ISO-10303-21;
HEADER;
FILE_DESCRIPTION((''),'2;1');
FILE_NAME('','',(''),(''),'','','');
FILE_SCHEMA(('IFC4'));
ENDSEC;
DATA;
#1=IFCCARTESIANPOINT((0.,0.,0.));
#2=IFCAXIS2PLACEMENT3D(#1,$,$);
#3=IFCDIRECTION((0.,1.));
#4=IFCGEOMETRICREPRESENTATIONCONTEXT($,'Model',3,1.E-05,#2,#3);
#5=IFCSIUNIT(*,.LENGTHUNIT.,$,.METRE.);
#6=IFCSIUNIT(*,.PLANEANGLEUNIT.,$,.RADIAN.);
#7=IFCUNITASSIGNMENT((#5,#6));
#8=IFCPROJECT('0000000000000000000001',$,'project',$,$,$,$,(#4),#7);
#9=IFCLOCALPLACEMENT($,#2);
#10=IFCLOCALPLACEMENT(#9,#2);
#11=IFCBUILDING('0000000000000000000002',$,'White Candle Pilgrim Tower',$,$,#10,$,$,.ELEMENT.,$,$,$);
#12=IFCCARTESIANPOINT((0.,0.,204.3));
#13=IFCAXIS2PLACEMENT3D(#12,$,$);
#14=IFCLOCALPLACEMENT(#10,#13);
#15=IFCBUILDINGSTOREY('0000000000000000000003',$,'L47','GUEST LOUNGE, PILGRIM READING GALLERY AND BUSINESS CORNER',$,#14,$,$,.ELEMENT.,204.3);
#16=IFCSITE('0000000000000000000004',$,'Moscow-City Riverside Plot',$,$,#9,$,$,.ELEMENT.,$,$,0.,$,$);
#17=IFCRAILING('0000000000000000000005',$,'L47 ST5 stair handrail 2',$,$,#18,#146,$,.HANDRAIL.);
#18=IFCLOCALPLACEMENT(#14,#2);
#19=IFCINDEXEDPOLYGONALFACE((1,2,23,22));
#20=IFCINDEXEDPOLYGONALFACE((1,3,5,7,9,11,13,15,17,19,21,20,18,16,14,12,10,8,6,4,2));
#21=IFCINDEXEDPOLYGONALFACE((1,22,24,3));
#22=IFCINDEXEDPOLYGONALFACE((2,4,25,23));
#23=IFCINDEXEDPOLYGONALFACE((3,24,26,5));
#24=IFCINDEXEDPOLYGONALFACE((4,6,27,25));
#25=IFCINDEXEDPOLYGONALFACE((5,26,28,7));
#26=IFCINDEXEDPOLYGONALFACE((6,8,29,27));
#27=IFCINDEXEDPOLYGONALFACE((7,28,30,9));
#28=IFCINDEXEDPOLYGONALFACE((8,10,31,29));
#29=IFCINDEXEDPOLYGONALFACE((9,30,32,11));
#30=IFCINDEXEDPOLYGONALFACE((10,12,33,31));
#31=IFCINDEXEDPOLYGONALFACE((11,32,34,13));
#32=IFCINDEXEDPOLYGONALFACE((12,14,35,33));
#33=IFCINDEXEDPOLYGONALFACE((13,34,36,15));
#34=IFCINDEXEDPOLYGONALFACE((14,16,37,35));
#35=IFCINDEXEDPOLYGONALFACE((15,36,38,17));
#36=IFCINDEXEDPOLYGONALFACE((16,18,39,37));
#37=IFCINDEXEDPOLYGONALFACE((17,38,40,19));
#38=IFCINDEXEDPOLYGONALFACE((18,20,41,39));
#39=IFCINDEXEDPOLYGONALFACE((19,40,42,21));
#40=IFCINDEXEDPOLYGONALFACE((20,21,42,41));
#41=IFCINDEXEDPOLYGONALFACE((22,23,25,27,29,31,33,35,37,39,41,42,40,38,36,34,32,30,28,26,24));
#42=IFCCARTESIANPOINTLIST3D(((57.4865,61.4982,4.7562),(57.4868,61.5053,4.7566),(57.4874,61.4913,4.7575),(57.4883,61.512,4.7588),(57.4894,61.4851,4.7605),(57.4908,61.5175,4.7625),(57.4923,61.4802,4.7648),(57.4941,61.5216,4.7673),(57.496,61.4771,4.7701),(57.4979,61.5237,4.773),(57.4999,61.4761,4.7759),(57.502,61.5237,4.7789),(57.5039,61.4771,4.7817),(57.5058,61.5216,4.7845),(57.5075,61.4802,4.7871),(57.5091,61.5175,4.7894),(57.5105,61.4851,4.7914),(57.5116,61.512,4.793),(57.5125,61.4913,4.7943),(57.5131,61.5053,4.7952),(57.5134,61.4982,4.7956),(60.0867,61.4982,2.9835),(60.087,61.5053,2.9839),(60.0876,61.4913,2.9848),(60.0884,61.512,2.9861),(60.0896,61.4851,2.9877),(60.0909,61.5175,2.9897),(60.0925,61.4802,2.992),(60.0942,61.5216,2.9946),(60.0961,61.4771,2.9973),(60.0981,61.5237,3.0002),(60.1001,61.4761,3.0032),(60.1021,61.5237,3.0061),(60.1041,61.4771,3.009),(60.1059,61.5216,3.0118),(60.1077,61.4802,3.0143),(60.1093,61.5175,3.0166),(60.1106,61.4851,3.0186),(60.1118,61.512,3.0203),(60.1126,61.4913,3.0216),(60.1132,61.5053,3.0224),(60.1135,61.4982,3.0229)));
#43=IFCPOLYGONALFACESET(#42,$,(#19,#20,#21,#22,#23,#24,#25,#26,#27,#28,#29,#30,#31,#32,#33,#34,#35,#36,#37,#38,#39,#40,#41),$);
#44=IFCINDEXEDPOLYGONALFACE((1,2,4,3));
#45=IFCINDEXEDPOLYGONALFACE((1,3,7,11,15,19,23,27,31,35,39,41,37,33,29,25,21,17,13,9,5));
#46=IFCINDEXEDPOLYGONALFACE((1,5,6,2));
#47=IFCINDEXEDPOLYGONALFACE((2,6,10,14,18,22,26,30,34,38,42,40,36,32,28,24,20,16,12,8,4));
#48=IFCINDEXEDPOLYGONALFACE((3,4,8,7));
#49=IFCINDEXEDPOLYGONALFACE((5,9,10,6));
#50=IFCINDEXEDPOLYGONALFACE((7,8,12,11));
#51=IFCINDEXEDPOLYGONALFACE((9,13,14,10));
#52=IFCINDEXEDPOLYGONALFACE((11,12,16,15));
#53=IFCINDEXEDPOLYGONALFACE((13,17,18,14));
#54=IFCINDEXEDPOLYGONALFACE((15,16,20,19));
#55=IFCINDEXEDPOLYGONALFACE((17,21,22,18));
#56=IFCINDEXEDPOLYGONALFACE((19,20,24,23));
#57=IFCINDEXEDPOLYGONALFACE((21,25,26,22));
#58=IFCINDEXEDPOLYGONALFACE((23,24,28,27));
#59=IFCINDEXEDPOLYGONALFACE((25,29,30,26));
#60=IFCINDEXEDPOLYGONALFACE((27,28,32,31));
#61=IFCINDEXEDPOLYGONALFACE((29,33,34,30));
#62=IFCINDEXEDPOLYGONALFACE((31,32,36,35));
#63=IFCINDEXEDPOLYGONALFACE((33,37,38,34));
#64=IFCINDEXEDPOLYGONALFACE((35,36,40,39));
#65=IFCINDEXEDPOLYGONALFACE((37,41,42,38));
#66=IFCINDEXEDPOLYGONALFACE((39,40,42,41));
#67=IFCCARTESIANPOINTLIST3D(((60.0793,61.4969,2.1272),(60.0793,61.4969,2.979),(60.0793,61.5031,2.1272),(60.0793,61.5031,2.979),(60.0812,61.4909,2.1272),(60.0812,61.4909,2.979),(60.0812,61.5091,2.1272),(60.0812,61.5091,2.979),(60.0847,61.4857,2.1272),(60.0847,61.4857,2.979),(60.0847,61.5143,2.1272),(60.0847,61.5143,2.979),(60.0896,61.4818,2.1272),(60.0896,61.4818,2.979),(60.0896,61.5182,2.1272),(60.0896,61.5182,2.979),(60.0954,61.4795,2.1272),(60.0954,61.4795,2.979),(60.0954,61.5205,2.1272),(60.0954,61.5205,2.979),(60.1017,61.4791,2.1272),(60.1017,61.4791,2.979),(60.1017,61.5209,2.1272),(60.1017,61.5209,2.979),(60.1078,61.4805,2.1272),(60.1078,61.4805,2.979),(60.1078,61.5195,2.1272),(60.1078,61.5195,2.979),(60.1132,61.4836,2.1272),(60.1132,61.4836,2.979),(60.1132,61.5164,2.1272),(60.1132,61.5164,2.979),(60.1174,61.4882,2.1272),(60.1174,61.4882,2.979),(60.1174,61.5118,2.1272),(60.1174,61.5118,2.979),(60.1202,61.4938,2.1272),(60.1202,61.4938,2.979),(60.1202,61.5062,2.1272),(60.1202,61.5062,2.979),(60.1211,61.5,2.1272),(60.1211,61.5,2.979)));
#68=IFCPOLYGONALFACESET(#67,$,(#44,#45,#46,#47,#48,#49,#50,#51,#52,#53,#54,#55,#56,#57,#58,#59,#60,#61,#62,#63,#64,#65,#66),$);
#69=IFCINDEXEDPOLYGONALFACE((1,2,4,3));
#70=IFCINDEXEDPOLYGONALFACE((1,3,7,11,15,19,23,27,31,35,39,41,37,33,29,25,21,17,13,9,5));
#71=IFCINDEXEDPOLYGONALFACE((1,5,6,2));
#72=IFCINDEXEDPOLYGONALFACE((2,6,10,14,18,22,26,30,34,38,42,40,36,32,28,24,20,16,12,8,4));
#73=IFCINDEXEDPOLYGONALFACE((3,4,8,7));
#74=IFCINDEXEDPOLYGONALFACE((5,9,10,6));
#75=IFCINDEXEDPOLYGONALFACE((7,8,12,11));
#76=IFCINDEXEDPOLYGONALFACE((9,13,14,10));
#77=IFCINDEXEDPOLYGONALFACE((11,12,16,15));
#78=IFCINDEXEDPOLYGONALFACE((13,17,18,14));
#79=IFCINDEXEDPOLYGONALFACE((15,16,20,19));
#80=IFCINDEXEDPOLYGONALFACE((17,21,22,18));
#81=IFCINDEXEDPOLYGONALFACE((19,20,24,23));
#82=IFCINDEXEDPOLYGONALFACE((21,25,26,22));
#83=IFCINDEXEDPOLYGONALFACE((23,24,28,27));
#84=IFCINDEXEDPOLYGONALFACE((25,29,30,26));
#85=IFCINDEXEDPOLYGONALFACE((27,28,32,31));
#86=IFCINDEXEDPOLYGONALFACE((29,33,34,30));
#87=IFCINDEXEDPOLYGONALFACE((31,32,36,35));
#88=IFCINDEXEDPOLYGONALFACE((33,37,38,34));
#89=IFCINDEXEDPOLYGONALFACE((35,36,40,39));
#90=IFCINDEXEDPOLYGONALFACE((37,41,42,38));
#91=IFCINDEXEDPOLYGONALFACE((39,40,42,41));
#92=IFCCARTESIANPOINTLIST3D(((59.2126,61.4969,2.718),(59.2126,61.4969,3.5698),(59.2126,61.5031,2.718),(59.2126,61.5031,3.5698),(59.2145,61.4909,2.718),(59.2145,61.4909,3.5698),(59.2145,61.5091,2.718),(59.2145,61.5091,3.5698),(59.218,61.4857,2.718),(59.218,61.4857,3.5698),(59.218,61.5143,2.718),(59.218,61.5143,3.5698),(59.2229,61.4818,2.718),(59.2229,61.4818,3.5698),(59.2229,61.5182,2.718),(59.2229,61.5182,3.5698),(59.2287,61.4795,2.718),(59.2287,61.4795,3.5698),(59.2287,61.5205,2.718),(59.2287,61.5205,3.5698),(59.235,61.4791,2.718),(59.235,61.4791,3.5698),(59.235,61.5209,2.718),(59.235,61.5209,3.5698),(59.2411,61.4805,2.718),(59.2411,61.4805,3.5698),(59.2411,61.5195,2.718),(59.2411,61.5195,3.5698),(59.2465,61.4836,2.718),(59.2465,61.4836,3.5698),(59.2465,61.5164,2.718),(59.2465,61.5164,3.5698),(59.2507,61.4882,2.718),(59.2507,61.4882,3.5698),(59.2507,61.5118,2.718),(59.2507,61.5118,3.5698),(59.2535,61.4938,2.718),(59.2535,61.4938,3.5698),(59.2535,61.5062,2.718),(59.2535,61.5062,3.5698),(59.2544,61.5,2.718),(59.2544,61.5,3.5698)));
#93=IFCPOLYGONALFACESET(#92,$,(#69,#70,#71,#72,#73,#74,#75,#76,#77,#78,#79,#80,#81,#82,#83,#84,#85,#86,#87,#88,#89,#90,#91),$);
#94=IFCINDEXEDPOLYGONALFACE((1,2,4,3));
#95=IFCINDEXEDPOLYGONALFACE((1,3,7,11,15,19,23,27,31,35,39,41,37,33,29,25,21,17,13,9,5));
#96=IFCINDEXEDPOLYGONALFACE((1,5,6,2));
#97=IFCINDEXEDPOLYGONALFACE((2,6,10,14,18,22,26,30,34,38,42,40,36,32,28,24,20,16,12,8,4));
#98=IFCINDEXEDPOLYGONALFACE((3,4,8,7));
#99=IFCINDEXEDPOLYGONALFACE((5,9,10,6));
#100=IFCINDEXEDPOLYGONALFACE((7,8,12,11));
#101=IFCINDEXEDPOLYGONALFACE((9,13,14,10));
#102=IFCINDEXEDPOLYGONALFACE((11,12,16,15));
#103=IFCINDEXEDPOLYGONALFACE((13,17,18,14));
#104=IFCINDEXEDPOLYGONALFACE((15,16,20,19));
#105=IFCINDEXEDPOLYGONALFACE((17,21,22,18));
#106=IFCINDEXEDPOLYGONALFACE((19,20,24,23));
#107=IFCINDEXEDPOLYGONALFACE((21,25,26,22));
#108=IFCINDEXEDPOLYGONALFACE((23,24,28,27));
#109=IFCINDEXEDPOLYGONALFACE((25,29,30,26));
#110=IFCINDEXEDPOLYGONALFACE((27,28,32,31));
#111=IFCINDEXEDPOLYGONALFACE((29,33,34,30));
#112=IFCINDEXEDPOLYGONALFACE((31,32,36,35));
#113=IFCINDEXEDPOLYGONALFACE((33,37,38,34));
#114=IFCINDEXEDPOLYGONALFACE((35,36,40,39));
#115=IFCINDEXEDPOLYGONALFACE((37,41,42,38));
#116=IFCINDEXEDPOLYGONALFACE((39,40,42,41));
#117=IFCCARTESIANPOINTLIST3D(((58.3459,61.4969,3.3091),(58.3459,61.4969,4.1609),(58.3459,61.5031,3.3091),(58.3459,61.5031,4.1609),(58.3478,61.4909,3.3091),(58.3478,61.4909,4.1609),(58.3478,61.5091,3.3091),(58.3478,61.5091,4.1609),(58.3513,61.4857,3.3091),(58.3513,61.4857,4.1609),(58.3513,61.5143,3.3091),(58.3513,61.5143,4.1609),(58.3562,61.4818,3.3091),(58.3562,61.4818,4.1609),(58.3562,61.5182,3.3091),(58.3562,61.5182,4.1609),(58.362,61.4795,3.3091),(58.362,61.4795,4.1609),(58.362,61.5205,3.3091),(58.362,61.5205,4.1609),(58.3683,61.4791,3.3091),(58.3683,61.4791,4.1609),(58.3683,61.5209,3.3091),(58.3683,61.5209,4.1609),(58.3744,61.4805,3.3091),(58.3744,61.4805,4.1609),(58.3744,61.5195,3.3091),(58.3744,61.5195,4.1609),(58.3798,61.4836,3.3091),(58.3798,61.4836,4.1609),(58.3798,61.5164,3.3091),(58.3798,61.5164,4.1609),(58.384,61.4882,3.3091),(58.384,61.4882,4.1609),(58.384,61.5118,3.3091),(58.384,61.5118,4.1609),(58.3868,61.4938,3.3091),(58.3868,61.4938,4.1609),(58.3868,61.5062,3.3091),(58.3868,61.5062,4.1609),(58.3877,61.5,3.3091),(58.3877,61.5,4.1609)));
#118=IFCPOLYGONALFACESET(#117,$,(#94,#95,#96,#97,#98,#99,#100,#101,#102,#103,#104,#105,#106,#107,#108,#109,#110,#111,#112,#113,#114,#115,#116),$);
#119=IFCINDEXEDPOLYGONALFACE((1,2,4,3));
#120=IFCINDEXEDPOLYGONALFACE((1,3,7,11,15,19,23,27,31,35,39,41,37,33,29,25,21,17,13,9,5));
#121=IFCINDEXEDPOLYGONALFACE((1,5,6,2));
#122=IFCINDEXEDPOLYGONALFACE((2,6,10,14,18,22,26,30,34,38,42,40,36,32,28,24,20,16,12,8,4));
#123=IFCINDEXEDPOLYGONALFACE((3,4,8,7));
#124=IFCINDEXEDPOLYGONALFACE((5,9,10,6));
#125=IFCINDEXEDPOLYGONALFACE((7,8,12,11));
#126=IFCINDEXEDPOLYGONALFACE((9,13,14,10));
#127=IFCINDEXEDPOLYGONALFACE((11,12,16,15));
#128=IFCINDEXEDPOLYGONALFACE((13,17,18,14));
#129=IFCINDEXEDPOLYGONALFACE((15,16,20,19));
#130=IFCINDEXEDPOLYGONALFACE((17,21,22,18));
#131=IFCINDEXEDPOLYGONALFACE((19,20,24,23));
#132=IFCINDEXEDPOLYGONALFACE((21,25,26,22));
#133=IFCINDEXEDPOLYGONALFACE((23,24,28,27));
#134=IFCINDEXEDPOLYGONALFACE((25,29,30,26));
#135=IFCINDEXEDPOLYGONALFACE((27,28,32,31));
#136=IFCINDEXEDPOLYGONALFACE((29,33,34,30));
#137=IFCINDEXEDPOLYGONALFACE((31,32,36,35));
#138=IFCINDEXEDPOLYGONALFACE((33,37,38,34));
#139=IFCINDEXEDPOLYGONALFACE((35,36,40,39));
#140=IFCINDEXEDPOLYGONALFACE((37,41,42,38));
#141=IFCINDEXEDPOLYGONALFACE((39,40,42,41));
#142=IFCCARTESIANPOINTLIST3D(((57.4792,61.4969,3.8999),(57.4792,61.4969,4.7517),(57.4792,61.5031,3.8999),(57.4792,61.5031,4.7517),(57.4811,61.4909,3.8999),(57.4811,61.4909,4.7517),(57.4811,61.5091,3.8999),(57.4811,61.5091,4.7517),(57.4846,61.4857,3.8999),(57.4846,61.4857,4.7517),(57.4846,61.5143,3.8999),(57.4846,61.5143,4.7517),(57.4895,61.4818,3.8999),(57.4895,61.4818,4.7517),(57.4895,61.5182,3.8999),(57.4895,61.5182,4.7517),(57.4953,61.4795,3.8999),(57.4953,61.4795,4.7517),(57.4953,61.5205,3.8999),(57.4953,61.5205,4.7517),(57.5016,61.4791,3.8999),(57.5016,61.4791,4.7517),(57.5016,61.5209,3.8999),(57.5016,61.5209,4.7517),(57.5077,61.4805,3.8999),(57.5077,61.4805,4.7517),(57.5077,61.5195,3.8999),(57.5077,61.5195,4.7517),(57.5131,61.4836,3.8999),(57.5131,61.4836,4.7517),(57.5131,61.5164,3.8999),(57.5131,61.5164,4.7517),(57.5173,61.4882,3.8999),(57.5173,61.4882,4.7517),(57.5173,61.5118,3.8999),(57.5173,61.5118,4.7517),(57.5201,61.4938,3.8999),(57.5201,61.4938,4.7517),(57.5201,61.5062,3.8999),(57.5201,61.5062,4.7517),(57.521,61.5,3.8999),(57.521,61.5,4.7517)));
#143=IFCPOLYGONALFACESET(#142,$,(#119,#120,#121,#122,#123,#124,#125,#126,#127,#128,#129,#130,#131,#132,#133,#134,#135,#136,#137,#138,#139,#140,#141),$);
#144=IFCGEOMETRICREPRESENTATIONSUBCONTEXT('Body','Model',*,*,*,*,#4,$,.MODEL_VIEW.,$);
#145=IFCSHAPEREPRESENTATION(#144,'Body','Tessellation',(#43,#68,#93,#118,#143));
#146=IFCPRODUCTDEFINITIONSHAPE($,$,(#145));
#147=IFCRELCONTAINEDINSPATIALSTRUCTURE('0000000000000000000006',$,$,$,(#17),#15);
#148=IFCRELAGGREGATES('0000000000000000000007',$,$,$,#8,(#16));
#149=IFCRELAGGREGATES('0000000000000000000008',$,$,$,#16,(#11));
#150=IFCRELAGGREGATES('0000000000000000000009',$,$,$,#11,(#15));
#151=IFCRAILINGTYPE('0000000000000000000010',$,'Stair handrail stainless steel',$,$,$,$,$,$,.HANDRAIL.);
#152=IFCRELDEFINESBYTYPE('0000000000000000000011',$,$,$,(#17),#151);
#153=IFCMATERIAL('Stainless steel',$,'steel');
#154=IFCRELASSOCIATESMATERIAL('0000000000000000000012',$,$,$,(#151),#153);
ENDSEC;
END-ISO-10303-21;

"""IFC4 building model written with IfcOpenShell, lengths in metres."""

from ifc_helpers import new_model, si_unit, direction, frame, origin, origin_2d, place, context, subcontext, project, spatial, circle, extrude, material, type_object, element, save


model = new_model("IFC4")

# Units and contexts
model_context = context("Model", 3, precision=1e-05, world=origin(), true_north=direction((0.0, 1.0)))
body_context = subcontext(model_context, "Body", "Model", "MODEL_VIEW")
ifc_project = project(units=[si_unit("LENGTHUNIT", "METRE"), si_unit("PLANEANGLEUNIT", "RADIAN")], contexts=[model_context])

# Site, building, storey
site_placement = place(None, origin())
site = spatial("IfcSite", under=ifc_project, at=site_placement, Name="Moscow-City Riverside Plot", CompositionType="ELEMENT", RefElevation=0.0)
building_placement = place(site_placement, origin())
building = spatial("IfcBuilding", under=site, at=building_placement, Name="White Candle Pilgrim Tower", CompositionType="ELEMENT")
storey_placement = place(building_placement, frame((0.0, 0.0, 204.3)))
storey = spatial("IfcBuildingStorey", under=building, at=storey_placement, Name="L47", Description="GUEST LOUNGE, PILGRIM READING GALLERY AND BUSINESS CORNER", CompositionType="ELEMENT", Elevation=204.3)

# Railing
ifc_material_1 = material(Name="Stainless steel", Category="steel")
railing_type_1 = type_object("IfcRailingType", Name="Stair handrail stainless steel", PredefinedType="HANDRAIL", material=ifc_material_1)
railing_1_placement = place(storey_placement, frame((60.1001, 61.5, 2.1272)))
element("IfcRailing", 1, at=railing_1_placement, inside=storey, type_object=railing_type_1, Name="L47 ST5 stair handrail 2", PredefinedType="HANDRAIL", context=body_context, shape_type="SweptSolid", body=[
    extrude(circle(Radius=0.0239, at=origin_2d()), frame((0.0, 0.0, 0.876), z_axis=(-0.82624, 0.0, 0.563318), x_axis=(0.0, -1.0, 0.0)), (0.0, 0.0, 1.0), 3.147),
    extrude(circle(Radius=0.021, at=origin_2d()), origin(), (0.0, 0.0, 1.0), 0.8518),
    extrude(circle(Radius=0.021, at=origin_2d()), frame((-0.8667, 0.0, 0.5908)), (0.0, 0.0, 1.0), 0.8518),
    extrude(circle(Radius=0.021, at=origin_2d()), frame((-1.7334, 0.0, 1.1819)), (0.0, 0.0, 1.0), 0.8518),
    extrude(circle(Radius=0.021, at=origin_2d()), frame((-2.6001, 0.0, 1.7727)), (0.0, 0.0, 1.0), 0.8518),
])

save(model, "model.ifc")
